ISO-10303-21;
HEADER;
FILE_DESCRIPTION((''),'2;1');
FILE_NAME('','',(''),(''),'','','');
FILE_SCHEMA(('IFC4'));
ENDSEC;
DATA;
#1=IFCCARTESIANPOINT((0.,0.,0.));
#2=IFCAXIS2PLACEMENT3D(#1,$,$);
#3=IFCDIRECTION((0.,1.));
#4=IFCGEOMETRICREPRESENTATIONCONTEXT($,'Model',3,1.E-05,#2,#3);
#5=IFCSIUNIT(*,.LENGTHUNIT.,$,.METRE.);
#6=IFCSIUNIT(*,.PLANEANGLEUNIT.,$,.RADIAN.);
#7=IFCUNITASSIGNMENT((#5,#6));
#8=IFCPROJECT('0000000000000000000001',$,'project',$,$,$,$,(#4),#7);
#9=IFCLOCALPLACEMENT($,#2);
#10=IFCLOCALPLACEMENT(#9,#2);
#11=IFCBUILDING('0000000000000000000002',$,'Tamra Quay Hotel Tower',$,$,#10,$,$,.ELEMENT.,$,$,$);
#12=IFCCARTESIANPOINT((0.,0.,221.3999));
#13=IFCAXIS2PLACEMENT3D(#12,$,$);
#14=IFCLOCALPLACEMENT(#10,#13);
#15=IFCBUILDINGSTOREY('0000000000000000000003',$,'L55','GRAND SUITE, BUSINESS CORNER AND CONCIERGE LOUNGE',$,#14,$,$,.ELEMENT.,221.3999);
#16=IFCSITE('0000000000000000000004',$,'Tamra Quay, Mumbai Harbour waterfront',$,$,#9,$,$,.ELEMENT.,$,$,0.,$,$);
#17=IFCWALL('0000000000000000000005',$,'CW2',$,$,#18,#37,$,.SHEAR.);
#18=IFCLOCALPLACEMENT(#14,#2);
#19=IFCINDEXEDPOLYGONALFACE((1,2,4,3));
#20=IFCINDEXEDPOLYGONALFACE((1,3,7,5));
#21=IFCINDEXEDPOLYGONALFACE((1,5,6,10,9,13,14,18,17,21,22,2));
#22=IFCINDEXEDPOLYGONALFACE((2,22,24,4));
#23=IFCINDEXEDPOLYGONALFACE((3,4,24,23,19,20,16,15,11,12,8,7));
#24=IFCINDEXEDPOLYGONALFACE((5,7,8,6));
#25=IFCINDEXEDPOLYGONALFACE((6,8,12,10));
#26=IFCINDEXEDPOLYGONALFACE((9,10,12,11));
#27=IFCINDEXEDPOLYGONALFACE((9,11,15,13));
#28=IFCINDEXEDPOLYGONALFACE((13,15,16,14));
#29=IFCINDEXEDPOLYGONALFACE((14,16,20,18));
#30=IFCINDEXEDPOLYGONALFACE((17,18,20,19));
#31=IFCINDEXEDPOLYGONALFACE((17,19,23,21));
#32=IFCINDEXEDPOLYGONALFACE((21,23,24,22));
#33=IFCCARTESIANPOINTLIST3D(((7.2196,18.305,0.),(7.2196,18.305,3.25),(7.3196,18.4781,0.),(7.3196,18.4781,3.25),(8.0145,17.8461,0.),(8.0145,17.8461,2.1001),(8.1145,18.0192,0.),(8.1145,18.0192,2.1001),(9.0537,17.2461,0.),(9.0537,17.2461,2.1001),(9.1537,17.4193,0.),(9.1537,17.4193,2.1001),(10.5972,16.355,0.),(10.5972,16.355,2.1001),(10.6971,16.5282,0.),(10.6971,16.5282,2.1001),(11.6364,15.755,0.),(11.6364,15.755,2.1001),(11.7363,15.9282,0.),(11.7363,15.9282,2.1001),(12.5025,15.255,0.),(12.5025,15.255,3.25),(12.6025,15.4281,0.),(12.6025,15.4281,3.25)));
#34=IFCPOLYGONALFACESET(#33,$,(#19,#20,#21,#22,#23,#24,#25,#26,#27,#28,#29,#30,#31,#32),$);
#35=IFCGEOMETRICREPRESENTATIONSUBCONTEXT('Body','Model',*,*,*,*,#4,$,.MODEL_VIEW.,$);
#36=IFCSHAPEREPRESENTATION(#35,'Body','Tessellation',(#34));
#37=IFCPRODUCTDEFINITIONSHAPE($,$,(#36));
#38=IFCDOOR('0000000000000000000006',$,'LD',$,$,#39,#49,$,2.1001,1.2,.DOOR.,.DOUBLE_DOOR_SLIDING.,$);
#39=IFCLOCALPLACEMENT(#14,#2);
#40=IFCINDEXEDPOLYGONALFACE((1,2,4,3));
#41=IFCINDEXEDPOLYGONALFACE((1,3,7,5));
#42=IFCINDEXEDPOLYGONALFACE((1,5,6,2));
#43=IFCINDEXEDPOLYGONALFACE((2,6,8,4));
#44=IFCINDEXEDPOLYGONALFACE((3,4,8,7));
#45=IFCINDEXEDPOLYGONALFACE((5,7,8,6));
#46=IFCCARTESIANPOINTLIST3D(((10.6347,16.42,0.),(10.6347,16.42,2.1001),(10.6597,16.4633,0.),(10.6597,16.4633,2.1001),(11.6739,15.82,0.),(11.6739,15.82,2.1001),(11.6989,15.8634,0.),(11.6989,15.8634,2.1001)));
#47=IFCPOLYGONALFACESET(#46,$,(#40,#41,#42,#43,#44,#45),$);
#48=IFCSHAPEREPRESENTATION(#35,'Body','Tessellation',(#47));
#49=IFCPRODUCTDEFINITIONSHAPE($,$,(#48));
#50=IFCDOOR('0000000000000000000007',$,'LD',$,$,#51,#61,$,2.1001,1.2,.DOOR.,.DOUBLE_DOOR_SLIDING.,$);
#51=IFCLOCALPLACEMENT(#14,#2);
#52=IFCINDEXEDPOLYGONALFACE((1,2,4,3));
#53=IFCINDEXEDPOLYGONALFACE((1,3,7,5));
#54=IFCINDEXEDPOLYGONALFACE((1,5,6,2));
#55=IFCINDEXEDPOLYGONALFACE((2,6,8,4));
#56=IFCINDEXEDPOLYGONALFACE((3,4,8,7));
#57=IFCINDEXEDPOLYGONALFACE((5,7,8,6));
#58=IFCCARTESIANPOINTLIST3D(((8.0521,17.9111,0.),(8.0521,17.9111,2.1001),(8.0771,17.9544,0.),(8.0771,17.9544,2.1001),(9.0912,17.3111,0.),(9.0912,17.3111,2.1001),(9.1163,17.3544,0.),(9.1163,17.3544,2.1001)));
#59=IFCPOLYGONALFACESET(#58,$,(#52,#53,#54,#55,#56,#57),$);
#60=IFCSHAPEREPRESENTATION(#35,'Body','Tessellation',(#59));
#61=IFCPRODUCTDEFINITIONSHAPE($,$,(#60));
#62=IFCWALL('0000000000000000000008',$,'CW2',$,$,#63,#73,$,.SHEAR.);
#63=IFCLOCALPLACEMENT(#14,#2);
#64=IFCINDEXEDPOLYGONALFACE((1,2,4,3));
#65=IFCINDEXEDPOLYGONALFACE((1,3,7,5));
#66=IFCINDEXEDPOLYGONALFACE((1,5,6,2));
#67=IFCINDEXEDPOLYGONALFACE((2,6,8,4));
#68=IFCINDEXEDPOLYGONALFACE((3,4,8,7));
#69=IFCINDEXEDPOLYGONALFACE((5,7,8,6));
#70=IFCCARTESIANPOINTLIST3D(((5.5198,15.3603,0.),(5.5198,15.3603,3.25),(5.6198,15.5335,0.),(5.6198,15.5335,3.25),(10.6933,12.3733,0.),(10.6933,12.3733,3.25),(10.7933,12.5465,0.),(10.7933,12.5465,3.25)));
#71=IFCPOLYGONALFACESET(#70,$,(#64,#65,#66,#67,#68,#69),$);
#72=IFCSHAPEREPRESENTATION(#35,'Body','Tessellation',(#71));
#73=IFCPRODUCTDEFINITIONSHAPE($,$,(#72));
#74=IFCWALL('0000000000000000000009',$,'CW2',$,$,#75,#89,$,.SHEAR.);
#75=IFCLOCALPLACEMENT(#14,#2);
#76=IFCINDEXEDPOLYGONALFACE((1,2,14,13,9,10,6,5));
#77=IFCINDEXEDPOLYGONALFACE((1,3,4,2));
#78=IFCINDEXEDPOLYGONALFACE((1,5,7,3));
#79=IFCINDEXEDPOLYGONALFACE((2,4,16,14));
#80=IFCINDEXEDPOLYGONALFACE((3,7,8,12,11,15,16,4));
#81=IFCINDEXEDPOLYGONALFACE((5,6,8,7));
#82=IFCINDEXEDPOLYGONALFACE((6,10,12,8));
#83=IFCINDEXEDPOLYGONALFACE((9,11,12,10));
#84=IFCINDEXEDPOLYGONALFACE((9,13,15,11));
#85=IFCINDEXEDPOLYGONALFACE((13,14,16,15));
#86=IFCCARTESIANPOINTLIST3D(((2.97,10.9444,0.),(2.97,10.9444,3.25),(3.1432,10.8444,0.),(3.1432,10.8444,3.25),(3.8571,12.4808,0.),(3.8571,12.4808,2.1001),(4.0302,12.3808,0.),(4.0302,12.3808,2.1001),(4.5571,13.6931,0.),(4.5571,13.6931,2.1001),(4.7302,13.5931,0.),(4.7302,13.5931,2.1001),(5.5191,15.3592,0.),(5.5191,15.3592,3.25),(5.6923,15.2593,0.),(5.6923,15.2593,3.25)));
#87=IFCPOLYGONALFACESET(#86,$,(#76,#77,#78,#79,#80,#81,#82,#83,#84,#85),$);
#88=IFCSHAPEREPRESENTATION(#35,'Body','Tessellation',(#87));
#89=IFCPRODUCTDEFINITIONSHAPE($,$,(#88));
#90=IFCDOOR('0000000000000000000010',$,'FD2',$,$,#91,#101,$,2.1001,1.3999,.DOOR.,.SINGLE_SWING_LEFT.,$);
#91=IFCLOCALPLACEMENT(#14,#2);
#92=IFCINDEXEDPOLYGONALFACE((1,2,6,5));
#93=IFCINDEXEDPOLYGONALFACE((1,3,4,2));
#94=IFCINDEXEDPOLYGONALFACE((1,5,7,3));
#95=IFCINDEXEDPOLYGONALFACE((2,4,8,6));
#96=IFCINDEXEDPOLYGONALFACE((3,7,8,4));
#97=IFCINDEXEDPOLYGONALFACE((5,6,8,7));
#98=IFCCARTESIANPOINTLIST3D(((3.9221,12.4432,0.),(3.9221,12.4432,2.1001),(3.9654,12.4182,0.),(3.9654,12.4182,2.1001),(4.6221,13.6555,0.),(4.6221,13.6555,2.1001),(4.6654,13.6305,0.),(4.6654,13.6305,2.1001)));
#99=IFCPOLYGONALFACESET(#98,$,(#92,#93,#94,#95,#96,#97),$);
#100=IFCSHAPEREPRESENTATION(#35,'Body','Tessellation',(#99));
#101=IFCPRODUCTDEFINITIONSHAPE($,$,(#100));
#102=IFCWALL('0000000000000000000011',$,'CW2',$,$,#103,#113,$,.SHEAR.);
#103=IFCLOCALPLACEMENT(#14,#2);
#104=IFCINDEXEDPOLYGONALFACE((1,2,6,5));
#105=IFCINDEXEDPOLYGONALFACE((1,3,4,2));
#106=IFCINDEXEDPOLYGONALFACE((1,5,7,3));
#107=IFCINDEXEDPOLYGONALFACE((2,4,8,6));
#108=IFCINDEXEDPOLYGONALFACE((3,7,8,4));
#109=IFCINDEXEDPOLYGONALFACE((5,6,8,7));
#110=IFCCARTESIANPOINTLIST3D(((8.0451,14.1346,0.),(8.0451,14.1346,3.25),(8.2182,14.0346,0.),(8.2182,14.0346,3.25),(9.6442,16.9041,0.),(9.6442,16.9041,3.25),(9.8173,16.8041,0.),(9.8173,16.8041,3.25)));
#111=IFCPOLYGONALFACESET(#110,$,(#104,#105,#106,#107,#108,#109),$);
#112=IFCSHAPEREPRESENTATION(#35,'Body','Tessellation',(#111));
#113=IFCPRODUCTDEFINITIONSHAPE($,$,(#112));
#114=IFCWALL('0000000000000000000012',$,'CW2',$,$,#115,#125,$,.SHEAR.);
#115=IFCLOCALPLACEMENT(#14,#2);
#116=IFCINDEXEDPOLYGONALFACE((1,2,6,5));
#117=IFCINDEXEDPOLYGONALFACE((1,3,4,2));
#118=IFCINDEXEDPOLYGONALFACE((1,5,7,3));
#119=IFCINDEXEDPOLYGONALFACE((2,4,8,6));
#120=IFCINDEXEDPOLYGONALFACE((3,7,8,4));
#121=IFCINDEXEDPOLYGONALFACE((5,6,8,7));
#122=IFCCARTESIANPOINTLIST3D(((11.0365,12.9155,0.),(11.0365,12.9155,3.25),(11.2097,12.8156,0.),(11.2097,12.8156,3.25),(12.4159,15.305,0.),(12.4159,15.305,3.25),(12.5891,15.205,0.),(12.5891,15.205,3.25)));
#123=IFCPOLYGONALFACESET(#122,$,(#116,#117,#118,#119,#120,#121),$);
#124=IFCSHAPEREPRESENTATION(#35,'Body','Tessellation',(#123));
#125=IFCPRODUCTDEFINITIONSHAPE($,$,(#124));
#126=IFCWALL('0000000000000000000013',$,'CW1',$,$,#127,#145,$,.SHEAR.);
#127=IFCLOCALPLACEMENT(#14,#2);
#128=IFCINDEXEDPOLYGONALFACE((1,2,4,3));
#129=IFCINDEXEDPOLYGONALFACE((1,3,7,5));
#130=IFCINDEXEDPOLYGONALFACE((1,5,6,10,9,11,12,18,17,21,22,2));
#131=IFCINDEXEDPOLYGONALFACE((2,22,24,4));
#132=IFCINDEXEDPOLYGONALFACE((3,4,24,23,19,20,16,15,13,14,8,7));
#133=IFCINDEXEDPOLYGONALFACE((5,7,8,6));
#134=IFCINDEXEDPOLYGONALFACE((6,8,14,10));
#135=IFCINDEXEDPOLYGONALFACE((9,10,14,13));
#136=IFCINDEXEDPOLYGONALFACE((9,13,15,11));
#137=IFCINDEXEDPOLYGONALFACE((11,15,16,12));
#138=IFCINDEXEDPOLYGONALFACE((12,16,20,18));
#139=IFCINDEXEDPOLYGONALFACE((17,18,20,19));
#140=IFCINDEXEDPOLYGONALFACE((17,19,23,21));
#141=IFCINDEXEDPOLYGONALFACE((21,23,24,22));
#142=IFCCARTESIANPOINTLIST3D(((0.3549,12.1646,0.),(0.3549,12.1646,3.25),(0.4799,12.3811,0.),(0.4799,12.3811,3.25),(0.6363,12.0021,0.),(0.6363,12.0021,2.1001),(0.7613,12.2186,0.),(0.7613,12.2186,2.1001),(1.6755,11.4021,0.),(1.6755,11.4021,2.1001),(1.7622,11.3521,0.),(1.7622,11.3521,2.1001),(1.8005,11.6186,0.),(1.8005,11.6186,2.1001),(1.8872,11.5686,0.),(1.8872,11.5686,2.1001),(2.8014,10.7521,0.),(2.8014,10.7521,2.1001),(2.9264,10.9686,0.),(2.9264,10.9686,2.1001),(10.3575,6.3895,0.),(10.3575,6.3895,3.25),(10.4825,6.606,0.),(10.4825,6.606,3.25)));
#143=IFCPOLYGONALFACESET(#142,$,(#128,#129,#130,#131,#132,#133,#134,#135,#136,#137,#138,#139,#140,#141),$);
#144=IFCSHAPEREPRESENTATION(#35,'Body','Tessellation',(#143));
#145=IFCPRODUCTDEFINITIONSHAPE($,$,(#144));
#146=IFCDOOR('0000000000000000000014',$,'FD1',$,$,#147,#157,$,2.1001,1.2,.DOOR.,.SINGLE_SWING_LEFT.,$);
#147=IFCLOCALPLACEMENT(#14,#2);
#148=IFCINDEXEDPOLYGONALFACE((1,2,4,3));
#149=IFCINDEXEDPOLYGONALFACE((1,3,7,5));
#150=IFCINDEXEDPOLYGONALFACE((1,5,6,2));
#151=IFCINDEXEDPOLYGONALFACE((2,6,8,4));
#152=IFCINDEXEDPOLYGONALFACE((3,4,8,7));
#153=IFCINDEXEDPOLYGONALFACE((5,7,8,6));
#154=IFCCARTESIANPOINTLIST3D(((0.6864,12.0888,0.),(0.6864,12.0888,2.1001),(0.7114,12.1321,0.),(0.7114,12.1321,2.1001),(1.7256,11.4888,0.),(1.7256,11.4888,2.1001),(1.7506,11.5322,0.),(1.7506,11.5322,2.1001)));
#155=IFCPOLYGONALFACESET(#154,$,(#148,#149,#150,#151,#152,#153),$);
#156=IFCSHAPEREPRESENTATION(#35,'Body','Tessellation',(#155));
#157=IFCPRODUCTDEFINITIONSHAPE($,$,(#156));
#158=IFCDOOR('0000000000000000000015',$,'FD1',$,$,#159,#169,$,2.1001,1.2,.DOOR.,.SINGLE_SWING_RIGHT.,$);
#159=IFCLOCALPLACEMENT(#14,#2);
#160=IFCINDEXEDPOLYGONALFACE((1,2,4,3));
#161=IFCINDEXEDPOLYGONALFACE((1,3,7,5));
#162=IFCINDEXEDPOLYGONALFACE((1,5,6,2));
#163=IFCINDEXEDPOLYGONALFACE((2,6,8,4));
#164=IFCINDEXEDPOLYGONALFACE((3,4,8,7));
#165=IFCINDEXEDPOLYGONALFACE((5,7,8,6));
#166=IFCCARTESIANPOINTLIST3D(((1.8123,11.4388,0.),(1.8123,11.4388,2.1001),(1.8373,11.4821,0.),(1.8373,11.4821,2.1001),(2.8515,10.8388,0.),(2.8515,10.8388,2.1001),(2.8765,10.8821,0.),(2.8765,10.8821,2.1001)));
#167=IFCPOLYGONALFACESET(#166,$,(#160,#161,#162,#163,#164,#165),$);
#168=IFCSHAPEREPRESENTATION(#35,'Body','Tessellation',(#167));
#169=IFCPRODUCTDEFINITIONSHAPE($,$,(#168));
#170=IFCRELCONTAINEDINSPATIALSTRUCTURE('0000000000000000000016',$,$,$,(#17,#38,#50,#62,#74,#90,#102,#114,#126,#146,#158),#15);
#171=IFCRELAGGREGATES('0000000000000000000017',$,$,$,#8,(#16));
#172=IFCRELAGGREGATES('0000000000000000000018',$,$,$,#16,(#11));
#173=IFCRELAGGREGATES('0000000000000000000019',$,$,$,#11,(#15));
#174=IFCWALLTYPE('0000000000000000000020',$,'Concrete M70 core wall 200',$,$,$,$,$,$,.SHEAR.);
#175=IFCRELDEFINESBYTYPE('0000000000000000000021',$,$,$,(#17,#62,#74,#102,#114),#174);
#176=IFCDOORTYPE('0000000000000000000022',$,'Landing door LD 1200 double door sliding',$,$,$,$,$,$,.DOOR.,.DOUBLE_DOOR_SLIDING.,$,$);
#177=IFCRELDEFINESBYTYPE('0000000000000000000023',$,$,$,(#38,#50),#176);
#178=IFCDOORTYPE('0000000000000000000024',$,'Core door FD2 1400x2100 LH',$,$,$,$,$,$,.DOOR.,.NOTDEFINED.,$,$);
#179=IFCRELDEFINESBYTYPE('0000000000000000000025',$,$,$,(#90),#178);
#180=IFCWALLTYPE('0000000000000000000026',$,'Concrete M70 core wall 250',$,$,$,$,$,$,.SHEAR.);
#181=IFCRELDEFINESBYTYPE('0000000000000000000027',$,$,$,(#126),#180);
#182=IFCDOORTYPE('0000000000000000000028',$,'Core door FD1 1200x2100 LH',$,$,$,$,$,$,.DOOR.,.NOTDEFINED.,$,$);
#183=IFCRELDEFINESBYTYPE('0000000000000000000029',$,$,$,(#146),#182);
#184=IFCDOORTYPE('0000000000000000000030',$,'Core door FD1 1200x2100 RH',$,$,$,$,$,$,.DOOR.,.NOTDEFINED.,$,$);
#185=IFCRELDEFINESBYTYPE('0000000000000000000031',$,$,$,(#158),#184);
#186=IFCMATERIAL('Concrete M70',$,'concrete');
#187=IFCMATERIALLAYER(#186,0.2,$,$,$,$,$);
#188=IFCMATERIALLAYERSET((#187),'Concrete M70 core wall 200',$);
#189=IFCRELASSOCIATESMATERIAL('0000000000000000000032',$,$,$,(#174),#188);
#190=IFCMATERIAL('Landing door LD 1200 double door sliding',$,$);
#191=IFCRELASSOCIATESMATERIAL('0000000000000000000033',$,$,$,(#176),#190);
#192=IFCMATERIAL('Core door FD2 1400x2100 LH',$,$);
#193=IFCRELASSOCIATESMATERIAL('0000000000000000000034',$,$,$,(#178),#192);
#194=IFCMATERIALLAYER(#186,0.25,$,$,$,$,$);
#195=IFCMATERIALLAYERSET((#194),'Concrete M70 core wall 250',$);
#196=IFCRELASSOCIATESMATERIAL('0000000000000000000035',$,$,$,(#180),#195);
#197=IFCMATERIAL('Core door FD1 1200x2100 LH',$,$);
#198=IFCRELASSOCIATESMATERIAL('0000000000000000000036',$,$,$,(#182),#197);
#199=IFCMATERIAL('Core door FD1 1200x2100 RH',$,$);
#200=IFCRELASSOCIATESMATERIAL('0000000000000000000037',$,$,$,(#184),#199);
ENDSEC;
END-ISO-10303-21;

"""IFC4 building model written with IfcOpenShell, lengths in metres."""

from ifc_helpers import new_model, si_unit, direction, frame, frame_2d, origin, place, context, subcontext, project, spatial, rectangle, extrude, material, layer, layer_set, type_object, element, fill, save


model = new_model("IFC4")

# Units and contexts
model_context = context("Model", 3, precision=1e-05, world=origin(), true_north=direction((0.0, 1.0)))
body_context = subcontext(model_context, "Body", "Model", "MODEL_VIEW")
ifc_project = project(units=[si_unit("LENGTHUNIT", "METRE"), si_unit("PLANEANGLEUNIT", "RADIAN")], contexts=[model_context])

# Site, building, storey
site_placement = place(None, origin())
site = spatial("IfcSite", under=ifc_project, at=site_placement, Name="Tamra Quay, Mumbai Harbour waterfront", CompositionType="ELEMENT", RefElevation=0.0)
building_placement = place(site_placement, origin())
building = spatial("IfcBuilding", under=site, at=building_placement, Name="Tamra Quay Hotel Tower", CompositionType="ELEMENT")
storey_placement = place(building_placement, frame((0.0, 0.0, 221.3999)))
storey = spatial("IfcBuildingStorey", under=building, at=storey_placement, Name="L55", Description="GRAND SUITE, BUSINESS CORNER AND CONCIERGE LOUNGE", CompositionType="ELEMENT", Elevation=221.3999)

# Wall, openings, doors
ifc_material_1 = material(Name="Concrete M70", Category="concrete")
ifc_layer_1 = layer(ifc_material_1, 0.2)
ifc_layer_set_1 = layer_set([ifc_layer_1], Name="Concrete M70 core wall 200")
wall_type_1 = type_object("IfcWallType", Name="Concrete M70 core wall 200", PredefinedType="SHEAR", material=ifc_layer_set_1)
wall_1_placement = place(storey_placement, frame((12.5525, 15.3416, 0.0), z_axis=(0.0, 0.0, 1.0), x_axis=(-0.86603, 0.499992, 0.0)))
wall_1 = element("IfcWall", 1, at=wall_1_placement, inside=storey, type_object=wall_type_1, Name="CW2", PredefinedType="SHEAR", context=body_context, shape_type="SweptSolid", body=[
    extrude(rectangle(XDim=6.1001, YDim=0.2, at=frame_2d((3.05, 0.0))), origin(), (0.0, 0.0, 1.0), 3.25),
])
opening_1_placement = place(wall_1_placement, frame((1.0, 0.0, 0.0)))
opening_1 = element("IfcOpeningElement", 2, at=opening_1_placement, cuts=wall_1, PredefinedType="OPENING", context=body_context, shape_type="SweptSolid", body=[
    extrude(rectangle(XDim=1.2, YDim=2.1001, at=frame_2d((0.6001, 1.05))), frame((0.0, 0.1099, 0.0), z_axis=(0.0, -1.0, 0.0), x_axis=(1.0, 0.0, 0.0)), (0.0, 0.0, 1.0), 0.22),
])
opening_2_placement = place(wall_1_placement, frame((3.9822, 0.0, 0.0)))
opening_2 = element("IfcOpeningElement", 3, at=opening_2_placement, cuts=wall_1, PredefinedType="OPENING", context=body_context, shape_type="SweptSolid", body=[
    extrude(rectangle(XDim=1.2, YDim=2.1001, at=frame_2d((0.6001, 1.05))), frame((0.0, 0.1099, 0.0), z_axis=(0.0, -1.0, 0.0), x_axis=(1.0, 0.0, 0.0)), (0.0, 0.0, 1.0), 0.22),
])
ifc_material_2 = material(Name="Landing door LD 1200 double door sliding")
door_type_1 = type_object("IfcDoorType", Name="Landing door LD 1200 double door sliding", OperationType="DOUBLE_DOOR_SLIDING", PredefinedType="DOOR", material=ifc_material_2)
door_1_placement = place(opening_1_placement, origin())
door_1 = element("IfcDoor", 4, at=door_1_placement, inside=storey, type_object=door_type_1, Name="LD", OperationType="DOUBLE_DOOR_SLIDING", OverallHeight=2.1001, OverallWidth=1.2, PredefinedType="DOOR", context=body_context, shape_type="SweptSolid", body=[
    extrude(rectangle(XDim=1.2, YDim=2.1001, at=frame_2d((0.6001, 1.05))), frame((0.0, 0.0249, 0.0), z_axis=(0.0, -1.0, 0.0), x_axis=(1.0, 0.0, 0.0)), (0.0, 0.0, 1.0), 0.05),
])
fill(opening_1, door_1)
door_2_placement = place(opening_2_placement, origin())
door_2 = element("IfcDoor", 5, at=door_2_placement, inside=storey, type_object=door_type_1, Name="LD", OperationType="DOUBLE_DOOR_SLIDING", OverallHeight=2.1001, OverallWidth=1.2, PredefinedType="DOOR", context=body_context, shape_type="SweptSolid", body=[
    extrude(rectangle(XDim=1.2, YDim=2.1001, at=frame_2d((0.6001, 1.05))), frame((0.0, 0.0249, 0.0), z_axis=(0.0, -1.0, 0.0), x_axis=(1.0, 0.0, 0.0)), (0.0, 0.0, 1.0), 0.05),
])
fill(opening_2, door_2)

# Wall
wall_2_placement = place(storey_placement, frame((10.7432, 12.46, 0.0), z_axis=(0.0, 0.0, 1.0), x_axis=(-0.866019, 0.500011, 0.0)))
element("IfcWall", 6, at=wall_2_placement, inside=storey, type_object=wall_type_1, Name="CW2", PredefinedType="SHEAR", context=body_context, shape_type="SweptSolid", body=[
    extrude(rectangle(XDim=5.9739, YDim=0.2, at=frame_2d((2.9868, 0.0))), origin(), (0.0, 0.0, 1.0), 3.25),
])

# Wall, opening, door
wall_3_placement = place(storey_placement, frame((3.0566, 10.8945, 0.0), z_axis=(0.0, 0.0, 1.0), x_axis=(0.500028, 0.866009, 0.0)))
wall_3 = element("IfcWall", 7, at=wall_3_placement, inside=storey, type_object=wall_type_1, Name="CW2", PredefinedType="SHEAR", context=body_context, shape_type="SweptSolid", body=[
    extrude(rectangle(XDim=5.0979, YDim=0.2, at=frame_2d((2.5488, 0.0))), origin(), (0.0, 0.0, 1.0), 3.25),
])
opening_3_placement = place(wall_3_placement, frame((1.7739, 0.0, 0.0)))
opening_3 = element("IfcOpeningElement", 8, at=opening_3_placement, cuts=wall_3, PredefinedType="OPENING", context=body_context, shape_type="SweptSolid", body=[
    extrude(rectangle(XDim=1.3999, YDim=2.1001, at=frame_2d((0.7, 1.05))), frame((0.0, 0.1099, 0.0), z_axis=(0.0, -1.0, 0.0), x_axis=(1.0, 0.0, 0.0)), (0.0, 0.0, 1.0), 0.22),
])
ifc_material_3 = material(Name="Core door FD2 1400x2100 LH")
door_type_2 = type_object("IfcDoorType", Name="Core door FD2 1400x2100 LH", OperationType="NOTDEFINED", PredefinedType="DOOR", material=ifc_material_3)
door_3_placement = place(opening_3_placement, origin())
door_3 = element("IfcDoor", 9, at=door_3_placement, inside=storey, type_object=door_type_2, Name="FD2", OperationType="SINGLE_SWING_LEFT", OverallHeight=2.1001, OverallWidth=1.3999, PredefinedType="DOOR", context=body_context, shape_type="SweptSolid", body=[
    extrude(rectangle(XDim=1.3999, YDim=2.1001, at=frame_2d((0.7, 1.05))), frame((0.0, 0.0249, 0.0), z_axis=(0.0, -1.0, 0.0), x_axis=(1.0, 0.0, 0.0)), (0.0, 0.0, 1.0), 0.05),
])
fill(opening_3, door_3)

# Walls
wall_4_placement = place(storey_placement, frame((8.1316, 14.0845, 0.0), z_axis=(0.0, 0.0, 1.0), x_axis=(0.500031, 0.866008, 0.0)))
element("IfcWall", 10, at=wall_4_placement, inside=storey, type_object=wall_type_1, Name="CW2", PredefinedType="SHEAR", context=body_context, shape_type="SweptSolid", body=[
    extrude(rectangle(XDim=3.198, YDim=0.2, at=frame_2d((1.5991, 0.0))), origin(), (0.0, 0.0, 1.0), 3.25),
])
wall_5_placement = place(storey_placement, frame((12.5024, 15.2549, 0.0), z_axis=(0.0, 0.0, 1.0), x_axis=(-0.499965, -0.866046, 0.0)))
element("IfcWall", 11, at=wall_5_placement, inside=storey, type_object=wall_type_1, Name="CW2", PredefinedType="SHEAR", context=body_context, shape_type="SweptSolid", body=[
    extrude(rectangle(XDim=2.759, YDim=0.2, at=frame_2d((1.3794, 0.0))), origin(), (0.0, 0.0, 1.0), 3.25),
])

# Wall, openings, doors
ifc_layer_2 = layer(ifc_material_1, 0.25)
ifc_layer_set_2 = layer_set([ifc_layer_2], Name="Concrete M70 core wall 250")
wall_type_2 = type_object("IfcWallType", Name="Concrete M70 core wall 250", PredefinedType="SHEAR", material=ifc_layer_set_2)
wall_6_placement = place(storey_placement, frame((10.4199, 6.4978, 0.0), z_axis=(0.0, 0.0, 1.0), x_axis=(-0.866022, 0.500006, 0.0)))
wall_6 = element("IfcWall", 12, at=wall_6_placement, inside=storey, type_object=wall_type_2, Name="CW1", PredefinedType="SHEAR", context=body_context, shape_type="SweptSolid", body=[
    extrude(rectangle(XDim=11.55, YDim=0.25, at=frame_2d((5.7749, 0.0))), origin(), (0.0, 0.0, 1.0), 3.25),
])
opening_4_placement = place(wall_6_placement, frame((10.0249, 0.0, 0.0)))
opening_4 = element("IfcOpeningElement", 13, at=opening_4_placement, cuts=wall_6, PredefinedType="OPENING", context=body_context, shape_type="SweptSolid", body=[
    extrude(rectangle(XDim=1.2, YDim=2.1001, at=frame_2d((0.6001, 1.05))), frame((0.0, 0.135, 0.0), z_axis=(0.0, -1.0, 0.0), x_axis=(1.0, 0.0, 0.0)), (0.0, 0.0, 1.0), 0.27),
])
opening_5_placement = place(wall_6_placement, frame((8.7249, 0.0, 0.0)))
opening_5 = element("IfcOpeningElement", 14, at=opening_5_placement, cuts=wall_6, PredefinedType="OPENING", context=body_context, shape_type="SweptSolid", body=[
    extrude(rectangle(XDim=1.2, YDim=2.1001, at=frame_2d((0.6001, 1.05))), frame((0.0, 0.135, 0.0), z_axis=(0.0, -1.0, 0.0), x_axis=(1.0, 0.0, 0.0)), (0.0, 0.0, 1.0), 0.27),
])
ifc_material_4 = material(Name="Core door FD1 1200x2100 LH")
door_type_3 = type_object("IfcDoorType", Name="Core door FD1 1200x2100 LH", OperationType="NOTDEFINED", PredefinedType="DOOR", material=ifc_material_4)
door_4_placement = place(opening_4_placement, origin())
door_4 = element("IfcDoor", 15, at=door_4_placement, inside=storey, type_object=door_type_3, Name="FD1", OperationType="SINGLE_SWING_LEFT", OverallHeight=2.1001, OverallWidth=1.2, PredefinedType="DOOR", context=body_context, shape_type="SweptSolid", body=[
    extrude(rectangle(XDim=1.2, YDim=2.1001, at=frame_2d((0.6001, 1.05))), frame((0.0, 0.0249, 0.0), z_axis=(0.0, -1.0, 0.0), x_axis=(1.0, 0.0, 0.0)), (0.0, 0.0, 1.0), 0.05),
])
fill(opening_4, door_4)
ifc_material_5 = material(Name="Core door FD1 1200x2100 RH")
door_type_4 = type_object("IfcDoorType", Name="Core door FD1 1200x2100 RH", OperationType="NOTDEFINED", PredefinedType="DOOR", material=ifc_material_5)
door_5_placement = place(opening_5_placement, origin())
door_5 = element("IfcDoor", 16, at=door_5_placement, inside=storey, type_object=door_type_4, Name="FD1", OperationType="SINGLE_SWING_RIGHT", OverallHeight=2.1001, OverallWidth=1.2, PredefinedType="DOOR", context=body_context, shape_type="SweptSolid", body=[
    extrude(rectangle(XDim=1.2, YDim=2.1001, at=frame_2d((0.6001, 1.05))), frame((0.0, 0.0249, 0.0), z_axis=(0.0, -1.0, 0.0), x_axis=(1.0, 0.0, 0.0)), (0.0, 0.0, 1.0), 0.05),
])
fill(opening_5, door_5)

save(model, "model.ifc")
